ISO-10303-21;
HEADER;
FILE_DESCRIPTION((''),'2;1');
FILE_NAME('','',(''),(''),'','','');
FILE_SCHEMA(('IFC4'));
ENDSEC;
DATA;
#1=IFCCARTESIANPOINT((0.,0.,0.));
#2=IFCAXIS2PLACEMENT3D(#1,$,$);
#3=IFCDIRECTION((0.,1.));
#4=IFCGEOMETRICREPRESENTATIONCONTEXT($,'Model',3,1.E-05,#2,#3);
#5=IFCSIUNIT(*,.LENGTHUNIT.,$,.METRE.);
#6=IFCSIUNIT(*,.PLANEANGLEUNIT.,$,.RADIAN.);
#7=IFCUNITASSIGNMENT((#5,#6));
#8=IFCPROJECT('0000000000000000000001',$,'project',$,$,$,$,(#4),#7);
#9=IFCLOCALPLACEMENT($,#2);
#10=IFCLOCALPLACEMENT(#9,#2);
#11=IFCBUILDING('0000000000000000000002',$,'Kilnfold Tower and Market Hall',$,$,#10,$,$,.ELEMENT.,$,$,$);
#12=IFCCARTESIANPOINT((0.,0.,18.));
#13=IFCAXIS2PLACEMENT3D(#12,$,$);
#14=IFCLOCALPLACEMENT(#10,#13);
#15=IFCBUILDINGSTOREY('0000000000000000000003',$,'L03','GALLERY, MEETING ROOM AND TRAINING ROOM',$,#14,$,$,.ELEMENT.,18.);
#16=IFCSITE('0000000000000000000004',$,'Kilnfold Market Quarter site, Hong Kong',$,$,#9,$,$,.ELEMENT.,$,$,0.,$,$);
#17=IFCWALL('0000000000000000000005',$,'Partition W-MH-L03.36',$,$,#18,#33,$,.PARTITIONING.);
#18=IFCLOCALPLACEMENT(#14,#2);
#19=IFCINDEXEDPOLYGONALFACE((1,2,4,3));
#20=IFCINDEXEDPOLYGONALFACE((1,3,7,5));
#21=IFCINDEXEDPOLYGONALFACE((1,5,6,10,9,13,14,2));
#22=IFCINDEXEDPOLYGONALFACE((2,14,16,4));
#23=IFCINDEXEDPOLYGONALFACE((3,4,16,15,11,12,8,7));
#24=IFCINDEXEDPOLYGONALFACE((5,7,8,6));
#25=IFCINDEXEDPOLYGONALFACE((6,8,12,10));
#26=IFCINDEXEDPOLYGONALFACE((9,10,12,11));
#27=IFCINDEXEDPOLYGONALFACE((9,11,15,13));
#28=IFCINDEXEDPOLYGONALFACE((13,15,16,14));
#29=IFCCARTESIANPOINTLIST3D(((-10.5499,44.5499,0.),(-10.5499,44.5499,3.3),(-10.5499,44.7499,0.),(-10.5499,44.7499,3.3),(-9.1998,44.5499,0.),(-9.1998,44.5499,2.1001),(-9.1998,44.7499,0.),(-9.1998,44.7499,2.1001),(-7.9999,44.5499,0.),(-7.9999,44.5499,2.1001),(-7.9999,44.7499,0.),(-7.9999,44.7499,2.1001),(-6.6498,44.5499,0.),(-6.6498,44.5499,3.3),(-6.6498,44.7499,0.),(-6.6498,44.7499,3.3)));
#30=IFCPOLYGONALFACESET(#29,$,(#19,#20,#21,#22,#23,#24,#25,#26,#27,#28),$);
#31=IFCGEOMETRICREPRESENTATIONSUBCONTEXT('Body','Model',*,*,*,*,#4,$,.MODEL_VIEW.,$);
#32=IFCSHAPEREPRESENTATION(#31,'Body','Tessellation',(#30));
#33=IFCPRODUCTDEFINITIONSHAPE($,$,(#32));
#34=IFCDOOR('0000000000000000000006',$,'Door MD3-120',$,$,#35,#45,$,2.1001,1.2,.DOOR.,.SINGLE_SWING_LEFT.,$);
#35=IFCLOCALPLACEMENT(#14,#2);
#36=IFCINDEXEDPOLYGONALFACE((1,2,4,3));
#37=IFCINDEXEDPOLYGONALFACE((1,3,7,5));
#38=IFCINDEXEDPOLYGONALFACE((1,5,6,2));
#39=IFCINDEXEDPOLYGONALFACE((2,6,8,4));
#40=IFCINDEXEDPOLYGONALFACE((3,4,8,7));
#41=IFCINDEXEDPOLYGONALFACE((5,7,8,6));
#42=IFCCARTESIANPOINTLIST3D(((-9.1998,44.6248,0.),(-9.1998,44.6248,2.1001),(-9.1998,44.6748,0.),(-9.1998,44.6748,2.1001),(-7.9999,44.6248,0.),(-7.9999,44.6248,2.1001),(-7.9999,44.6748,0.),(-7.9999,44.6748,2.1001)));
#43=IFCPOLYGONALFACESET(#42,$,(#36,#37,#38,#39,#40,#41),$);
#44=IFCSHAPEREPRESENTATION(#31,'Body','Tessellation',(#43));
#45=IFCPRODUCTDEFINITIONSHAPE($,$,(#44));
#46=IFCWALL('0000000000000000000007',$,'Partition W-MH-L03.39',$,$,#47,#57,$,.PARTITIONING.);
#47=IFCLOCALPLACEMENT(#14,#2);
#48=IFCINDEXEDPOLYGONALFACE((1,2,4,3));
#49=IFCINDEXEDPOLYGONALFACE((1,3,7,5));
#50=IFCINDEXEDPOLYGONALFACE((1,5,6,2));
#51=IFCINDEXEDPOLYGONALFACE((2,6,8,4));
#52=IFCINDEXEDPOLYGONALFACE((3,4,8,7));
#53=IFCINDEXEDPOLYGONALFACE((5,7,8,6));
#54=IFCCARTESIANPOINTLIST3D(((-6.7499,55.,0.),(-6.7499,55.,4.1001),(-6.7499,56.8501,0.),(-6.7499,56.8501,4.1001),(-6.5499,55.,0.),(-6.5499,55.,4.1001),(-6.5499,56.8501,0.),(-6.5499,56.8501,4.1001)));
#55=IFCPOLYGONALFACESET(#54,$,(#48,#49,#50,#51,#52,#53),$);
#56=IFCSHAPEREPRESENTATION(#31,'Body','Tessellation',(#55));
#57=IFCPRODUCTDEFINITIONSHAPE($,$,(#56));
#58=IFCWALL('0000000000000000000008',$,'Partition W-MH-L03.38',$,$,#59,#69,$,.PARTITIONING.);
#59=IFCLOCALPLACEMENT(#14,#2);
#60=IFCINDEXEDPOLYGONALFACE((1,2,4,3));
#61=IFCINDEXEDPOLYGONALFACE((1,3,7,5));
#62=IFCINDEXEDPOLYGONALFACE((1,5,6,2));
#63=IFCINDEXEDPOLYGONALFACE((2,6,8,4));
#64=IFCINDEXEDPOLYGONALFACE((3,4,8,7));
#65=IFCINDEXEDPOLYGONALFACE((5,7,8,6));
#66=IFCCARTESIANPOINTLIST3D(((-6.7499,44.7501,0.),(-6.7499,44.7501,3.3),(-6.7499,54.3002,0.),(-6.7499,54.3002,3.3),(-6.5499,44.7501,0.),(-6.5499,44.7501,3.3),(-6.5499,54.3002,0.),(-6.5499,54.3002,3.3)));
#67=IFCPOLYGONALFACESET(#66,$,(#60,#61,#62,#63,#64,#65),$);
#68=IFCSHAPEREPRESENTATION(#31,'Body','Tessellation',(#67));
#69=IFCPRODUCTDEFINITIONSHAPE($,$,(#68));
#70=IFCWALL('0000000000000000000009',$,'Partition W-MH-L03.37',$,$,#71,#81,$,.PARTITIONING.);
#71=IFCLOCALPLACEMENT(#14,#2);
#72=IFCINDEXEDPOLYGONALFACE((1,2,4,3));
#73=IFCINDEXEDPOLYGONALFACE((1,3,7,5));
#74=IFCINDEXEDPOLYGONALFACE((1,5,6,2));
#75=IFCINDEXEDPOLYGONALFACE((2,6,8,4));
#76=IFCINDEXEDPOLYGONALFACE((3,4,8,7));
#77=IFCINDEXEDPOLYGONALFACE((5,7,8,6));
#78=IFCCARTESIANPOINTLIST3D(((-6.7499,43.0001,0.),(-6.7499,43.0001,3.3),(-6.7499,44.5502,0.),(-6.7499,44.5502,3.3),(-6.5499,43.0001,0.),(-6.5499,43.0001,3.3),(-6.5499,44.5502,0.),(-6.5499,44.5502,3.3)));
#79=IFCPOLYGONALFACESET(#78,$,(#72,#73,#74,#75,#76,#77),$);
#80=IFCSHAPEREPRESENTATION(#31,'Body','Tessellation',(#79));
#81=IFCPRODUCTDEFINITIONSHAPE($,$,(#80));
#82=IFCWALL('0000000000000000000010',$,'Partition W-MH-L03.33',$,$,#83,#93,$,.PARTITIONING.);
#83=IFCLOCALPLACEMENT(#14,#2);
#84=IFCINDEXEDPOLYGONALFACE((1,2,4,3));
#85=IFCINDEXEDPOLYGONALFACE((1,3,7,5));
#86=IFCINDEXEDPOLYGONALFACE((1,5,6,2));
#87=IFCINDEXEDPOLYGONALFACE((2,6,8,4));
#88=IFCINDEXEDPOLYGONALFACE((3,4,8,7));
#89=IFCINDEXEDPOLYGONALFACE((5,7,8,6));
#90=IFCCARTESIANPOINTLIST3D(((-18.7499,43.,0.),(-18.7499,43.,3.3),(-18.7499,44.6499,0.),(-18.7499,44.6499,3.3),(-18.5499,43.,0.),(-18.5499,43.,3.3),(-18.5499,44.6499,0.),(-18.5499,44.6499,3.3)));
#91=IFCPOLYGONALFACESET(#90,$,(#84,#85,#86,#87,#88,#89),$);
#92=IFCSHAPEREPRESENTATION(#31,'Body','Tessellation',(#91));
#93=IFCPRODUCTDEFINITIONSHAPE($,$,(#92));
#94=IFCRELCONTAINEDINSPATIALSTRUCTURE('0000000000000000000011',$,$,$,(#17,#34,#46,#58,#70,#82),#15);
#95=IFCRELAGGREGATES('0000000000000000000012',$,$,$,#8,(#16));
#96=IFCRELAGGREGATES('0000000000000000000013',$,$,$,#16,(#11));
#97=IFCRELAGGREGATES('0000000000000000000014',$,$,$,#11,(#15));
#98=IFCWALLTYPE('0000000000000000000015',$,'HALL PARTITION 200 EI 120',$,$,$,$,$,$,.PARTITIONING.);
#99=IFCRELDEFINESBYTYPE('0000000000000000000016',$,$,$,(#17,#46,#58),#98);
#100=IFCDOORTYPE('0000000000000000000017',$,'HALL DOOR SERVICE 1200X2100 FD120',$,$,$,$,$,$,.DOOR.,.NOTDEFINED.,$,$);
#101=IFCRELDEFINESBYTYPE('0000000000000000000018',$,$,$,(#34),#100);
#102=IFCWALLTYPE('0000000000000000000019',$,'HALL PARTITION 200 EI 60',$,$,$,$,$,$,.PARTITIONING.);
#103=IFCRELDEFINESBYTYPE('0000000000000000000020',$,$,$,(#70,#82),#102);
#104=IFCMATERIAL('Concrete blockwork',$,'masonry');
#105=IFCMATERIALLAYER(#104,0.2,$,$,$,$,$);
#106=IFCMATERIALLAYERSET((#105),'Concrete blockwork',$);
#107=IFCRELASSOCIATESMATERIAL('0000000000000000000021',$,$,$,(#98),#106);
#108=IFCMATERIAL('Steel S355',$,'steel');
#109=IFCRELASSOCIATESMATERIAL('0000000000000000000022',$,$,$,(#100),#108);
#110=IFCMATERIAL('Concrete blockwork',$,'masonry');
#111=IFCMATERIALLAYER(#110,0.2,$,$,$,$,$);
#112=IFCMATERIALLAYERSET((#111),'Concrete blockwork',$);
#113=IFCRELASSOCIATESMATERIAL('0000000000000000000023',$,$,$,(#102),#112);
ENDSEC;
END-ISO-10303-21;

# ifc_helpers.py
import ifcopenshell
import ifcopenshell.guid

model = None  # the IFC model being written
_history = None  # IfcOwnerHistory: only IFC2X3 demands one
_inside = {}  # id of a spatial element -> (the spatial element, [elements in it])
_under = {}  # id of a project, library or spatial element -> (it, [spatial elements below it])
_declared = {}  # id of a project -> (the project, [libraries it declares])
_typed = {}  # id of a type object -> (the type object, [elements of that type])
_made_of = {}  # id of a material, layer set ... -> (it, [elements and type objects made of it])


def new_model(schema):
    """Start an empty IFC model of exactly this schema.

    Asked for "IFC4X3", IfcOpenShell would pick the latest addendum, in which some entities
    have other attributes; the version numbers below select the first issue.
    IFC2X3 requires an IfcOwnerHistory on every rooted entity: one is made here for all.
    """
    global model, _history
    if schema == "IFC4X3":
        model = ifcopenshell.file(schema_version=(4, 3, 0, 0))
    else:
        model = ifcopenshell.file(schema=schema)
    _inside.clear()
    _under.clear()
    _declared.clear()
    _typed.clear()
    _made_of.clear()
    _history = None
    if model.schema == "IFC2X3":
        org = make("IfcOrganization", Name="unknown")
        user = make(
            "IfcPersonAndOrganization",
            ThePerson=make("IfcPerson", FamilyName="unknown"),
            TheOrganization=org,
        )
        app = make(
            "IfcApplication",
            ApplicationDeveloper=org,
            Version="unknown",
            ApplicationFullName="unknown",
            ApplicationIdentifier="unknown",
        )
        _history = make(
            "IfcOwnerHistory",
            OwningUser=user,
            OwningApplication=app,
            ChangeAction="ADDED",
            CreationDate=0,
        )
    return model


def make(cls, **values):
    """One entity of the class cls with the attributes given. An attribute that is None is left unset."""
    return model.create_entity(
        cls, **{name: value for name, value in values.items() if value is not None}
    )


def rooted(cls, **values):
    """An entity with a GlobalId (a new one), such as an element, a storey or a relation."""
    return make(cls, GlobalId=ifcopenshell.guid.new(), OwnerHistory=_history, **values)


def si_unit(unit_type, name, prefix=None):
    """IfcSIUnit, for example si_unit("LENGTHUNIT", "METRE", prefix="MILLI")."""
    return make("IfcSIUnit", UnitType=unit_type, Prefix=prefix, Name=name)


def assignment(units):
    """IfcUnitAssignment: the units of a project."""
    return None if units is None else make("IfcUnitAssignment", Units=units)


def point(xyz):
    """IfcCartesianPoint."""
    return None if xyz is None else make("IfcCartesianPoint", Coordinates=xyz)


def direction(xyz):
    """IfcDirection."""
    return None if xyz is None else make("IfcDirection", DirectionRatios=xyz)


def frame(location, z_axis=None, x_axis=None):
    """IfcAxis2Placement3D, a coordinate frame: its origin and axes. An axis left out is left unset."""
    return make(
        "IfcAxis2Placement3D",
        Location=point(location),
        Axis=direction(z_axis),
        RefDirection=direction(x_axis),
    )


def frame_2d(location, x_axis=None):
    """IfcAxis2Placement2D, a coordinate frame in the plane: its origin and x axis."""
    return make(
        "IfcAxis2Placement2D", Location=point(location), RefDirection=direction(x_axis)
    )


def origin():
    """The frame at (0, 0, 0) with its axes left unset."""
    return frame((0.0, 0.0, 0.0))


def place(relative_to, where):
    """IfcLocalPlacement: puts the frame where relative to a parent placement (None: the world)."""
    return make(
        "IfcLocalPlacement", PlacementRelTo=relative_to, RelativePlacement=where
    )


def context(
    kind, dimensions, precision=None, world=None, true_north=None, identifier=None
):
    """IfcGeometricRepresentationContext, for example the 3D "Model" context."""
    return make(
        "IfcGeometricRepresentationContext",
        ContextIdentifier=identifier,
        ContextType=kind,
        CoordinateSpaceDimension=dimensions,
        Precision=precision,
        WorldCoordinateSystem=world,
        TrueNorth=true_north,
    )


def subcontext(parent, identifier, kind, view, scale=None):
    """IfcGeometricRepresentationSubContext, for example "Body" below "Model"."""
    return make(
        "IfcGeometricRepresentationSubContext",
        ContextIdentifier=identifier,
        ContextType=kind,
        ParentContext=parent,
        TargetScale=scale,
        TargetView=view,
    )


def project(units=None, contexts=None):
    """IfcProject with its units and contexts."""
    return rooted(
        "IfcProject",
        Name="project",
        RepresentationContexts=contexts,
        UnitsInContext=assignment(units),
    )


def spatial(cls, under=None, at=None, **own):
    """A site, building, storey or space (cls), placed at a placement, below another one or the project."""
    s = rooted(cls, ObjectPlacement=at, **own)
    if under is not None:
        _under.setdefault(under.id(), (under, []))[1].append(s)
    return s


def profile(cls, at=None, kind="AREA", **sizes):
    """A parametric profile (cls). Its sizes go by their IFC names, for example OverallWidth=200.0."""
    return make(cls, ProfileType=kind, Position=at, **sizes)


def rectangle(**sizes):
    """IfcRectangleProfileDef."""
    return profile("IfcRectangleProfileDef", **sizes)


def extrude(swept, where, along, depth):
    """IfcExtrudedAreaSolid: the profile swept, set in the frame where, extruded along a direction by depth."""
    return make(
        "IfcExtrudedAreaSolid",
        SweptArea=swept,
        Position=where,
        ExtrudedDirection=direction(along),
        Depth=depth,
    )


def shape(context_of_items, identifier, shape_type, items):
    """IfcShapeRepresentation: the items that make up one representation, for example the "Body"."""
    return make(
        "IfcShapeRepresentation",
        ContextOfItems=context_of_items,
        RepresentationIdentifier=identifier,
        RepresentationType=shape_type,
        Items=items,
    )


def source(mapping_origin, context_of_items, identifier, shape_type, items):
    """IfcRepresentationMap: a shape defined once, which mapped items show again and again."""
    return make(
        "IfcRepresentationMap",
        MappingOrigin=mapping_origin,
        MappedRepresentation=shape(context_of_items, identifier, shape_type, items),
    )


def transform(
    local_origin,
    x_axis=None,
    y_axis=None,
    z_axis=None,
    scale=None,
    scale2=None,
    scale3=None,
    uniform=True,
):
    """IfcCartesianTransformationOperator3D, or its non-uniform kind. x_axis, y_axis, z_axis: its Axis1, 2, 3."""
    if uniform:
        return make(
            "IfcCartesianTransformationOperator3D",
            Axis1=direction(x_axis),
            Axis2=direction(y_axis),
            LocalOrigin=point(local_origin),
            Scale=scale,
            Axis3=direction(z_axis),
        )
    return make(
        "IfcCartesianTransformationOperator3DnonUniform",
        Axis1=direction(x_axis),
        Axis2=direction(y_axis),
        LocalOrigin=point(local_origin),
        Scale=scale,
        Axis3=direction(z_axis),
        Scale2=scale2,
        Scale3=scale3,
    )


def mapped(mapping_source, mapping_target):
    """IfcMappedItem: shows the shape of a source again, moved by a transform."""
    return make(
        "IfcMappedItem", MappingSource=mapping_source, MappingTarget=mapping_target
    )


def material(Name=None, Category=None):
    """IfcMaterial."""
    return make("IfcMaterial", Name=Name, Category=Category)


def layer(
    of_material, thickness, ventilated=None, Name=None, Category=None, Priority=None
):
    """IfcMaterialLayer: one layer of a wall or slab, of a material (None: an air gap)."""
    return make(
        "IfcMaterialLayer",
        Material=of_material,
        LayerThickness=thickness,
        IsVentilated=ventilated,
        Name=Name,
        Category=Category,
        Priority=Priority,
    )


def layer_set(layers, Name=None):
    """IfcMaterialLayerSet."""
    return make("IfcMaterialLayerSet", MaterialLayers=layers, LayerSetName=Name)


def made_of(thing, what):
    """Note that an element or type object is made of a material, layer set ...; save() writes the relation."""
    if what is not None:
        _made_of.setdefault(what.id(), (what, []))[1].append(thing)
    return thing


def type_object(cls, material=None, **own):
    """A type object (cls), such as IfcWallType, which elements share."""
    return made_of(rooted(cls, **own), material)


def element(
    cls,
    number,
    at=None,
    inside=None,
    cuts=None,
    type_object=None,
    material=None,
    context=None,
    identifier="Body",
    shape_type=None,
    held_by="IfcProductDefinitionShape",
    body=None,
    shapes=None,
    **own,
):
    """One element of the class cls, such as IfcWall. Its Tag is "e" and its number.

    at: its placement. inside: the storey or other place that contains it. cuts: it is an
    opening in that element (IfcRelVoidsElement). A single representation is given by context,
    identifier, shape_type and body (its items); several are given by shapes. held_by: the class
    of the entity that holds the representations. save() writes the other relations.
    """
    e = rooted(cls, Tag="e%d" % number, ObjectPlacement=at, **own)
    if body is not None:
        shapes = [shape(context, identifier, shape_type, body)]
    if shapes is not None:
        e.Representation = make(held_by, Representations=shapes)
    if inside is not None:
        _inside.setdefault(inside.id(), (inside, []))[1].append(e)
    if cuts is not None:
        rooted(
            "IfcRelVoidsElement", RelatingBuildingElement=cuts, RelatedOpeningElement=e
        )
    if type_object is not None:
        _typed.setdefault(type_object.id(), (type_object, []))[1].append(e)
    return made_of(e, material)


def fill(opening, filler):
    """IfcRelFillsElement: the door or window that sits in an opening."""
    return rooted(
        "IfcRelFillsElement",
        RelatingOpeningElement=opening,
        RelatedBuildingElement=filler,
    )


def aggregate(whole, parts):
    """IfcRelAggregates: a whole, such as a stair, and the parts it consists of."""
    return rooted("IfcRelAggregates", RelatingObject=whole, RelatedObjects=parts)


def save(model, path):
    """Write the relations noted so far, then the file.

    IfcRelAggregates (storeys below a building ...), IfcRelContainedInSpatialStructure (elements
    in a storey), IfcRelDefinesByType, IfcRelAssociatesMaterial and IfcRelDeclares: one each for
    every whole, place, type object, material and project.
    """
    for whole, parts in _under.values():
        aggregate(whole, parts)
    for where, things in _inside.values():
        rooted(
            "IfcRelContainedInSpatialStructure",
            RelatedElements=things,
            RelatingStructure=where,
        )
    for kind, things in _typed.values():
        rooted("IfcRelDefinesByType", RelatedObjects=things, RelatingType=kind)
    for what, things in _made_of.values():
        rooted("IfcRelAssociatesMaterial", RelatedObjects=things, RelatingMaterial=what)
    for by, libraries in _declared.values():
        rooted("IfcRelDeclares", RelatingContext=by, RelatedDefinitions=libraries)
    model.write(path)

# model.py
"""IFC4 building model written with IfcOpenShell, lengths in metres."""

from ifc_helpers import new_model, si_unit, direction, frame, frame_2d, origin, place, context, subcontext, project, spatial, rectangle, extrude, source, transform, mapped, material, layer, layer_set, type_object, element, fill, save


model = new_model("IFC4")

# Units and contexts
model_context = context("Model", 3, precision=1e-05, world=origin(), true_north=direction((0.0, 1.0)))
body_context = subcontext(model_context, "Body", "Model", "MODEL_VIEW")
ifc_project = project(units=[si_unit("LENGTHUNIT", "METRE"), si_unit("PLANEANGLEUNIT", "RADIAN")], contexts=[model_context])

# Site, building, storey
site_placement = place(None, origin())
site = spatial("IfcSite", under=ifc_project, at=site_placement, Name="Kilnfold Market Quarter site, Hong Kong", CompositionType="ELEMENT", RefElevation=0.0)
building_placement = place(site_placement, origin())
building = spatial("IfcBuilding", under=site, at=building_placement, Name="Kilnfold Tower and Market Hall", CompositionType="ELEMENT")
storey_placement = place(building_placement, frame((0.0, 0.0, 18.0)))
storey = spatial("IfcBuildingStorey", under=building, at=storey_placement, Name="L03", Description="GALLERY, MEETING ROOM AND TRAINING ROOM", CompositionType="ELEMENT", Elevation=18.0)

# Wall, opening, door
ifc_material_1 = material(Name="Concrete blockwork", Category="masonry")
ifc_layer_1 = layer(ifc_material_1, 0.2)
ifc_layer_set_1 = layer_set([ifc_layer_1], Name="Concrete blockwork")
wall_type_1 = type_object("IfcWallType", Name="HALL PARTITION 200 EI 120", PredefinedType="PARTITIONING", material=ifc_layer_set_1)
shared_shape_1 = source(origin(), body_context, "Body", "SweptSolid", [
    extrude(rectangle(XDim=3.9001, YDim=0.2, at=frame_2d((1.9502, 0.0))), origin(), (0.0, 0.0, 1.0), 3.3),
])
wall_1_placement = place(storey_placement, frame((-10.55, 44.6499, 0.0), z_axis=(0.0, 0.0, 1.0), x_axis=(1.0, 0.0, 0.0)))
wall_1 = element("IfcWall", 1, at=wall_1_placement, inside=storey, type_object=wall_type_1, Name="Partition W-MH-L03.36", PredefinedType="PARTITIONING", context=body_context, shape_type="MappedRepresentation", body=[
    mapped(shared_shape_1, transform((0.0, 0.0, 0.0))),
])
opening_1_placement = place(wall_1_placement, frame((1.3501, 0.0, 0.0)))
opening_1 = element("IfcOpeningElement", 2, at=opening_1_placement, cuts=wall_1, PredefinedType="OPENING", context=body_context, shape_type="SweptSolid", body=[
    extrude(rectangle(XDim=1.2, YDim=2.1001, at=frame_2d((0.6001, 1.05))), frame((0.0, 0.1099, 0.0), z_axis=(0.0, -1.0, 0.0), x_axis=(1.0, 0.0, 0.0)), (0.0, 0.0, 1.0), 0.22),
])
ifc_material_2 = material(Name="Steel S355", Category="steel")
door_type_1 = type_object("IfcDoorType", Name="HALL DOOR SERVICE 1200X2100 FD120", OperationType="NOTDEFINED", PredefinedType="DOOR", material=ifc_material_2)
door_1_placement = place(opening_1_placement, origin())
door_1 = element("IfcDoor", 3, at=door_1_placement, inside=storey, type_object=door_type_1, Name="Door MD3-120", OperationType="SINGLE_SWING_LEFT", OverallHeight=2.1001, OverallWidth=1.2, PredefinedType="DOOR", context=body_context, shape_type="SweptSolid", body=[
    extrude(rectangle(XDim=1.2, YDim=2.1001, at=frame_2d((0.6001, 1.05))), frame((0.0, 0.0249, 0.0), z_axis=(0.0, -1.0, 0.0), x_axis=(1.0, 0.0, 0.0)), (0.0, 0.0, 1.0), 0.05),
])
fill(opening_1, door_1)

# Walls
shared_shape_2 = source(origin(), body_context, "Body", "SweptSolid", [
    extrude(rectangle(XDim=1.8501, YDim=0.2, at=frame_2d((0.925, 0.0))), origin(), (0.0, 0.0, 1.0), 4.1001),
])
wall_2_placement = place(storey_placement, frame((-6.6499, 56.8501, 0.0), z_axis=(0.0, 0.0, 1.0), x_axis=(0.0, -1.0, 0.0)))
element("IfcWall", 4, at=wall_2_placement, inside=storey, type_object=wall_type_1, Name="Partition W-MH-L03.39", PredefinedType="PARTITIONING", context=body_context, shape_type="MappedRepresentation", body=[
    mapped(shared_shape_2, transform((0.0, 0.0, 0.0))),
])
shared_shape_3 = source(origin(), body_context, "Body", "SweptSolid", [
    extrude(rectangle(XDim=9.55, YDim=0.2, at=frame_2d((4.7749, 0.0))), origin(), (0.0, 0.0, 1.0), 3.3),
])
wall_3_placement = place(storey_placement, frame((-6.6499, 54.3, 0.0), z_axis=(0.0, 0.0, 1.0), x_axis=(0.0, -1.0, 0.0)))
element("IfcWall", 5, at=wall_3_placement, inside=storey, type_object=wall_type_1, Name="Partition W-MH-L03.38", PredefinedType="PARTITIONING", context=body_context, shape_type="MappedRepresentation", body=[
    mapped(shared_shape_3, transform((0.0, 0.0, 0.0))),
])
ifc_material_3 = material(Name="Concrete blockwork", Category="masonry")
ifc_layer_2 = layer(ifc_material_3, 0.2)
ifc_layer_set_2 = layer_set([ifc_layer_2], Name="Concrete blockwork")
wall_type_2 = type_object("IfcWallType", Name="HALL PARTITION 200 EI 60", PredefinedType="PARTITIONING", material=ifc_layer_set_2)
shared_shape_4 = source(origin(), body_context, "Body", "SweptSolid", [
    extrude(rectangle(XDim=1.55, YDim=0.2, at=frame_2d((0.7749, 0.0))), origin(), (0.0, 0.0, 1.0), 3.3),
])
wall_4_placement = place(storey_placement, frame((-6.6499, 44.55, 0.0), z_axis=(0.0, 0.0, 1.0), x_axis=(0.0, -1.0, 0.0)))
element("IfcWall", 6, at=wall_4_placement, inside=storey, type_object=wall_type_2, Name="Partition W-MH-L03.37", PredefinedType="PARTITIONING", context=body_context, shape_type="MappedRepresentation", body=[
    mapped(shared_shape_4, transform((0.0, 0.0, 0.0))),
])

# Wall
shared_shape_5 = source(origin(), body_context, "Body", "SweptSolid", [
    extrude(rectangle(XDim=1.6499, YDim=0.2, at=frame_2d((0.825, 0.0))), origin(), (0.0, 0.0, 1.0), 3.3),
])
wall_5_placement = place(storey_placement, frame((-18.6499, 43.0, 0.0), z_axis=(0.0, 0.0, 1.0), x_axis=(0.0, 1.0, 0.0)))
element("IfcWall", 7, at=wall_5_placement, inside=storey, type_object=wall_type_2, Name="Partition W-MH-L03.33", PredefinedType="PARTITIONING", context=body_context, shape_type="MappedRepresentation", body=[
    mapped(shared_shape_5, transform((0.0, 0.0, 0.0))),
])

save(model, "model.ifc")
